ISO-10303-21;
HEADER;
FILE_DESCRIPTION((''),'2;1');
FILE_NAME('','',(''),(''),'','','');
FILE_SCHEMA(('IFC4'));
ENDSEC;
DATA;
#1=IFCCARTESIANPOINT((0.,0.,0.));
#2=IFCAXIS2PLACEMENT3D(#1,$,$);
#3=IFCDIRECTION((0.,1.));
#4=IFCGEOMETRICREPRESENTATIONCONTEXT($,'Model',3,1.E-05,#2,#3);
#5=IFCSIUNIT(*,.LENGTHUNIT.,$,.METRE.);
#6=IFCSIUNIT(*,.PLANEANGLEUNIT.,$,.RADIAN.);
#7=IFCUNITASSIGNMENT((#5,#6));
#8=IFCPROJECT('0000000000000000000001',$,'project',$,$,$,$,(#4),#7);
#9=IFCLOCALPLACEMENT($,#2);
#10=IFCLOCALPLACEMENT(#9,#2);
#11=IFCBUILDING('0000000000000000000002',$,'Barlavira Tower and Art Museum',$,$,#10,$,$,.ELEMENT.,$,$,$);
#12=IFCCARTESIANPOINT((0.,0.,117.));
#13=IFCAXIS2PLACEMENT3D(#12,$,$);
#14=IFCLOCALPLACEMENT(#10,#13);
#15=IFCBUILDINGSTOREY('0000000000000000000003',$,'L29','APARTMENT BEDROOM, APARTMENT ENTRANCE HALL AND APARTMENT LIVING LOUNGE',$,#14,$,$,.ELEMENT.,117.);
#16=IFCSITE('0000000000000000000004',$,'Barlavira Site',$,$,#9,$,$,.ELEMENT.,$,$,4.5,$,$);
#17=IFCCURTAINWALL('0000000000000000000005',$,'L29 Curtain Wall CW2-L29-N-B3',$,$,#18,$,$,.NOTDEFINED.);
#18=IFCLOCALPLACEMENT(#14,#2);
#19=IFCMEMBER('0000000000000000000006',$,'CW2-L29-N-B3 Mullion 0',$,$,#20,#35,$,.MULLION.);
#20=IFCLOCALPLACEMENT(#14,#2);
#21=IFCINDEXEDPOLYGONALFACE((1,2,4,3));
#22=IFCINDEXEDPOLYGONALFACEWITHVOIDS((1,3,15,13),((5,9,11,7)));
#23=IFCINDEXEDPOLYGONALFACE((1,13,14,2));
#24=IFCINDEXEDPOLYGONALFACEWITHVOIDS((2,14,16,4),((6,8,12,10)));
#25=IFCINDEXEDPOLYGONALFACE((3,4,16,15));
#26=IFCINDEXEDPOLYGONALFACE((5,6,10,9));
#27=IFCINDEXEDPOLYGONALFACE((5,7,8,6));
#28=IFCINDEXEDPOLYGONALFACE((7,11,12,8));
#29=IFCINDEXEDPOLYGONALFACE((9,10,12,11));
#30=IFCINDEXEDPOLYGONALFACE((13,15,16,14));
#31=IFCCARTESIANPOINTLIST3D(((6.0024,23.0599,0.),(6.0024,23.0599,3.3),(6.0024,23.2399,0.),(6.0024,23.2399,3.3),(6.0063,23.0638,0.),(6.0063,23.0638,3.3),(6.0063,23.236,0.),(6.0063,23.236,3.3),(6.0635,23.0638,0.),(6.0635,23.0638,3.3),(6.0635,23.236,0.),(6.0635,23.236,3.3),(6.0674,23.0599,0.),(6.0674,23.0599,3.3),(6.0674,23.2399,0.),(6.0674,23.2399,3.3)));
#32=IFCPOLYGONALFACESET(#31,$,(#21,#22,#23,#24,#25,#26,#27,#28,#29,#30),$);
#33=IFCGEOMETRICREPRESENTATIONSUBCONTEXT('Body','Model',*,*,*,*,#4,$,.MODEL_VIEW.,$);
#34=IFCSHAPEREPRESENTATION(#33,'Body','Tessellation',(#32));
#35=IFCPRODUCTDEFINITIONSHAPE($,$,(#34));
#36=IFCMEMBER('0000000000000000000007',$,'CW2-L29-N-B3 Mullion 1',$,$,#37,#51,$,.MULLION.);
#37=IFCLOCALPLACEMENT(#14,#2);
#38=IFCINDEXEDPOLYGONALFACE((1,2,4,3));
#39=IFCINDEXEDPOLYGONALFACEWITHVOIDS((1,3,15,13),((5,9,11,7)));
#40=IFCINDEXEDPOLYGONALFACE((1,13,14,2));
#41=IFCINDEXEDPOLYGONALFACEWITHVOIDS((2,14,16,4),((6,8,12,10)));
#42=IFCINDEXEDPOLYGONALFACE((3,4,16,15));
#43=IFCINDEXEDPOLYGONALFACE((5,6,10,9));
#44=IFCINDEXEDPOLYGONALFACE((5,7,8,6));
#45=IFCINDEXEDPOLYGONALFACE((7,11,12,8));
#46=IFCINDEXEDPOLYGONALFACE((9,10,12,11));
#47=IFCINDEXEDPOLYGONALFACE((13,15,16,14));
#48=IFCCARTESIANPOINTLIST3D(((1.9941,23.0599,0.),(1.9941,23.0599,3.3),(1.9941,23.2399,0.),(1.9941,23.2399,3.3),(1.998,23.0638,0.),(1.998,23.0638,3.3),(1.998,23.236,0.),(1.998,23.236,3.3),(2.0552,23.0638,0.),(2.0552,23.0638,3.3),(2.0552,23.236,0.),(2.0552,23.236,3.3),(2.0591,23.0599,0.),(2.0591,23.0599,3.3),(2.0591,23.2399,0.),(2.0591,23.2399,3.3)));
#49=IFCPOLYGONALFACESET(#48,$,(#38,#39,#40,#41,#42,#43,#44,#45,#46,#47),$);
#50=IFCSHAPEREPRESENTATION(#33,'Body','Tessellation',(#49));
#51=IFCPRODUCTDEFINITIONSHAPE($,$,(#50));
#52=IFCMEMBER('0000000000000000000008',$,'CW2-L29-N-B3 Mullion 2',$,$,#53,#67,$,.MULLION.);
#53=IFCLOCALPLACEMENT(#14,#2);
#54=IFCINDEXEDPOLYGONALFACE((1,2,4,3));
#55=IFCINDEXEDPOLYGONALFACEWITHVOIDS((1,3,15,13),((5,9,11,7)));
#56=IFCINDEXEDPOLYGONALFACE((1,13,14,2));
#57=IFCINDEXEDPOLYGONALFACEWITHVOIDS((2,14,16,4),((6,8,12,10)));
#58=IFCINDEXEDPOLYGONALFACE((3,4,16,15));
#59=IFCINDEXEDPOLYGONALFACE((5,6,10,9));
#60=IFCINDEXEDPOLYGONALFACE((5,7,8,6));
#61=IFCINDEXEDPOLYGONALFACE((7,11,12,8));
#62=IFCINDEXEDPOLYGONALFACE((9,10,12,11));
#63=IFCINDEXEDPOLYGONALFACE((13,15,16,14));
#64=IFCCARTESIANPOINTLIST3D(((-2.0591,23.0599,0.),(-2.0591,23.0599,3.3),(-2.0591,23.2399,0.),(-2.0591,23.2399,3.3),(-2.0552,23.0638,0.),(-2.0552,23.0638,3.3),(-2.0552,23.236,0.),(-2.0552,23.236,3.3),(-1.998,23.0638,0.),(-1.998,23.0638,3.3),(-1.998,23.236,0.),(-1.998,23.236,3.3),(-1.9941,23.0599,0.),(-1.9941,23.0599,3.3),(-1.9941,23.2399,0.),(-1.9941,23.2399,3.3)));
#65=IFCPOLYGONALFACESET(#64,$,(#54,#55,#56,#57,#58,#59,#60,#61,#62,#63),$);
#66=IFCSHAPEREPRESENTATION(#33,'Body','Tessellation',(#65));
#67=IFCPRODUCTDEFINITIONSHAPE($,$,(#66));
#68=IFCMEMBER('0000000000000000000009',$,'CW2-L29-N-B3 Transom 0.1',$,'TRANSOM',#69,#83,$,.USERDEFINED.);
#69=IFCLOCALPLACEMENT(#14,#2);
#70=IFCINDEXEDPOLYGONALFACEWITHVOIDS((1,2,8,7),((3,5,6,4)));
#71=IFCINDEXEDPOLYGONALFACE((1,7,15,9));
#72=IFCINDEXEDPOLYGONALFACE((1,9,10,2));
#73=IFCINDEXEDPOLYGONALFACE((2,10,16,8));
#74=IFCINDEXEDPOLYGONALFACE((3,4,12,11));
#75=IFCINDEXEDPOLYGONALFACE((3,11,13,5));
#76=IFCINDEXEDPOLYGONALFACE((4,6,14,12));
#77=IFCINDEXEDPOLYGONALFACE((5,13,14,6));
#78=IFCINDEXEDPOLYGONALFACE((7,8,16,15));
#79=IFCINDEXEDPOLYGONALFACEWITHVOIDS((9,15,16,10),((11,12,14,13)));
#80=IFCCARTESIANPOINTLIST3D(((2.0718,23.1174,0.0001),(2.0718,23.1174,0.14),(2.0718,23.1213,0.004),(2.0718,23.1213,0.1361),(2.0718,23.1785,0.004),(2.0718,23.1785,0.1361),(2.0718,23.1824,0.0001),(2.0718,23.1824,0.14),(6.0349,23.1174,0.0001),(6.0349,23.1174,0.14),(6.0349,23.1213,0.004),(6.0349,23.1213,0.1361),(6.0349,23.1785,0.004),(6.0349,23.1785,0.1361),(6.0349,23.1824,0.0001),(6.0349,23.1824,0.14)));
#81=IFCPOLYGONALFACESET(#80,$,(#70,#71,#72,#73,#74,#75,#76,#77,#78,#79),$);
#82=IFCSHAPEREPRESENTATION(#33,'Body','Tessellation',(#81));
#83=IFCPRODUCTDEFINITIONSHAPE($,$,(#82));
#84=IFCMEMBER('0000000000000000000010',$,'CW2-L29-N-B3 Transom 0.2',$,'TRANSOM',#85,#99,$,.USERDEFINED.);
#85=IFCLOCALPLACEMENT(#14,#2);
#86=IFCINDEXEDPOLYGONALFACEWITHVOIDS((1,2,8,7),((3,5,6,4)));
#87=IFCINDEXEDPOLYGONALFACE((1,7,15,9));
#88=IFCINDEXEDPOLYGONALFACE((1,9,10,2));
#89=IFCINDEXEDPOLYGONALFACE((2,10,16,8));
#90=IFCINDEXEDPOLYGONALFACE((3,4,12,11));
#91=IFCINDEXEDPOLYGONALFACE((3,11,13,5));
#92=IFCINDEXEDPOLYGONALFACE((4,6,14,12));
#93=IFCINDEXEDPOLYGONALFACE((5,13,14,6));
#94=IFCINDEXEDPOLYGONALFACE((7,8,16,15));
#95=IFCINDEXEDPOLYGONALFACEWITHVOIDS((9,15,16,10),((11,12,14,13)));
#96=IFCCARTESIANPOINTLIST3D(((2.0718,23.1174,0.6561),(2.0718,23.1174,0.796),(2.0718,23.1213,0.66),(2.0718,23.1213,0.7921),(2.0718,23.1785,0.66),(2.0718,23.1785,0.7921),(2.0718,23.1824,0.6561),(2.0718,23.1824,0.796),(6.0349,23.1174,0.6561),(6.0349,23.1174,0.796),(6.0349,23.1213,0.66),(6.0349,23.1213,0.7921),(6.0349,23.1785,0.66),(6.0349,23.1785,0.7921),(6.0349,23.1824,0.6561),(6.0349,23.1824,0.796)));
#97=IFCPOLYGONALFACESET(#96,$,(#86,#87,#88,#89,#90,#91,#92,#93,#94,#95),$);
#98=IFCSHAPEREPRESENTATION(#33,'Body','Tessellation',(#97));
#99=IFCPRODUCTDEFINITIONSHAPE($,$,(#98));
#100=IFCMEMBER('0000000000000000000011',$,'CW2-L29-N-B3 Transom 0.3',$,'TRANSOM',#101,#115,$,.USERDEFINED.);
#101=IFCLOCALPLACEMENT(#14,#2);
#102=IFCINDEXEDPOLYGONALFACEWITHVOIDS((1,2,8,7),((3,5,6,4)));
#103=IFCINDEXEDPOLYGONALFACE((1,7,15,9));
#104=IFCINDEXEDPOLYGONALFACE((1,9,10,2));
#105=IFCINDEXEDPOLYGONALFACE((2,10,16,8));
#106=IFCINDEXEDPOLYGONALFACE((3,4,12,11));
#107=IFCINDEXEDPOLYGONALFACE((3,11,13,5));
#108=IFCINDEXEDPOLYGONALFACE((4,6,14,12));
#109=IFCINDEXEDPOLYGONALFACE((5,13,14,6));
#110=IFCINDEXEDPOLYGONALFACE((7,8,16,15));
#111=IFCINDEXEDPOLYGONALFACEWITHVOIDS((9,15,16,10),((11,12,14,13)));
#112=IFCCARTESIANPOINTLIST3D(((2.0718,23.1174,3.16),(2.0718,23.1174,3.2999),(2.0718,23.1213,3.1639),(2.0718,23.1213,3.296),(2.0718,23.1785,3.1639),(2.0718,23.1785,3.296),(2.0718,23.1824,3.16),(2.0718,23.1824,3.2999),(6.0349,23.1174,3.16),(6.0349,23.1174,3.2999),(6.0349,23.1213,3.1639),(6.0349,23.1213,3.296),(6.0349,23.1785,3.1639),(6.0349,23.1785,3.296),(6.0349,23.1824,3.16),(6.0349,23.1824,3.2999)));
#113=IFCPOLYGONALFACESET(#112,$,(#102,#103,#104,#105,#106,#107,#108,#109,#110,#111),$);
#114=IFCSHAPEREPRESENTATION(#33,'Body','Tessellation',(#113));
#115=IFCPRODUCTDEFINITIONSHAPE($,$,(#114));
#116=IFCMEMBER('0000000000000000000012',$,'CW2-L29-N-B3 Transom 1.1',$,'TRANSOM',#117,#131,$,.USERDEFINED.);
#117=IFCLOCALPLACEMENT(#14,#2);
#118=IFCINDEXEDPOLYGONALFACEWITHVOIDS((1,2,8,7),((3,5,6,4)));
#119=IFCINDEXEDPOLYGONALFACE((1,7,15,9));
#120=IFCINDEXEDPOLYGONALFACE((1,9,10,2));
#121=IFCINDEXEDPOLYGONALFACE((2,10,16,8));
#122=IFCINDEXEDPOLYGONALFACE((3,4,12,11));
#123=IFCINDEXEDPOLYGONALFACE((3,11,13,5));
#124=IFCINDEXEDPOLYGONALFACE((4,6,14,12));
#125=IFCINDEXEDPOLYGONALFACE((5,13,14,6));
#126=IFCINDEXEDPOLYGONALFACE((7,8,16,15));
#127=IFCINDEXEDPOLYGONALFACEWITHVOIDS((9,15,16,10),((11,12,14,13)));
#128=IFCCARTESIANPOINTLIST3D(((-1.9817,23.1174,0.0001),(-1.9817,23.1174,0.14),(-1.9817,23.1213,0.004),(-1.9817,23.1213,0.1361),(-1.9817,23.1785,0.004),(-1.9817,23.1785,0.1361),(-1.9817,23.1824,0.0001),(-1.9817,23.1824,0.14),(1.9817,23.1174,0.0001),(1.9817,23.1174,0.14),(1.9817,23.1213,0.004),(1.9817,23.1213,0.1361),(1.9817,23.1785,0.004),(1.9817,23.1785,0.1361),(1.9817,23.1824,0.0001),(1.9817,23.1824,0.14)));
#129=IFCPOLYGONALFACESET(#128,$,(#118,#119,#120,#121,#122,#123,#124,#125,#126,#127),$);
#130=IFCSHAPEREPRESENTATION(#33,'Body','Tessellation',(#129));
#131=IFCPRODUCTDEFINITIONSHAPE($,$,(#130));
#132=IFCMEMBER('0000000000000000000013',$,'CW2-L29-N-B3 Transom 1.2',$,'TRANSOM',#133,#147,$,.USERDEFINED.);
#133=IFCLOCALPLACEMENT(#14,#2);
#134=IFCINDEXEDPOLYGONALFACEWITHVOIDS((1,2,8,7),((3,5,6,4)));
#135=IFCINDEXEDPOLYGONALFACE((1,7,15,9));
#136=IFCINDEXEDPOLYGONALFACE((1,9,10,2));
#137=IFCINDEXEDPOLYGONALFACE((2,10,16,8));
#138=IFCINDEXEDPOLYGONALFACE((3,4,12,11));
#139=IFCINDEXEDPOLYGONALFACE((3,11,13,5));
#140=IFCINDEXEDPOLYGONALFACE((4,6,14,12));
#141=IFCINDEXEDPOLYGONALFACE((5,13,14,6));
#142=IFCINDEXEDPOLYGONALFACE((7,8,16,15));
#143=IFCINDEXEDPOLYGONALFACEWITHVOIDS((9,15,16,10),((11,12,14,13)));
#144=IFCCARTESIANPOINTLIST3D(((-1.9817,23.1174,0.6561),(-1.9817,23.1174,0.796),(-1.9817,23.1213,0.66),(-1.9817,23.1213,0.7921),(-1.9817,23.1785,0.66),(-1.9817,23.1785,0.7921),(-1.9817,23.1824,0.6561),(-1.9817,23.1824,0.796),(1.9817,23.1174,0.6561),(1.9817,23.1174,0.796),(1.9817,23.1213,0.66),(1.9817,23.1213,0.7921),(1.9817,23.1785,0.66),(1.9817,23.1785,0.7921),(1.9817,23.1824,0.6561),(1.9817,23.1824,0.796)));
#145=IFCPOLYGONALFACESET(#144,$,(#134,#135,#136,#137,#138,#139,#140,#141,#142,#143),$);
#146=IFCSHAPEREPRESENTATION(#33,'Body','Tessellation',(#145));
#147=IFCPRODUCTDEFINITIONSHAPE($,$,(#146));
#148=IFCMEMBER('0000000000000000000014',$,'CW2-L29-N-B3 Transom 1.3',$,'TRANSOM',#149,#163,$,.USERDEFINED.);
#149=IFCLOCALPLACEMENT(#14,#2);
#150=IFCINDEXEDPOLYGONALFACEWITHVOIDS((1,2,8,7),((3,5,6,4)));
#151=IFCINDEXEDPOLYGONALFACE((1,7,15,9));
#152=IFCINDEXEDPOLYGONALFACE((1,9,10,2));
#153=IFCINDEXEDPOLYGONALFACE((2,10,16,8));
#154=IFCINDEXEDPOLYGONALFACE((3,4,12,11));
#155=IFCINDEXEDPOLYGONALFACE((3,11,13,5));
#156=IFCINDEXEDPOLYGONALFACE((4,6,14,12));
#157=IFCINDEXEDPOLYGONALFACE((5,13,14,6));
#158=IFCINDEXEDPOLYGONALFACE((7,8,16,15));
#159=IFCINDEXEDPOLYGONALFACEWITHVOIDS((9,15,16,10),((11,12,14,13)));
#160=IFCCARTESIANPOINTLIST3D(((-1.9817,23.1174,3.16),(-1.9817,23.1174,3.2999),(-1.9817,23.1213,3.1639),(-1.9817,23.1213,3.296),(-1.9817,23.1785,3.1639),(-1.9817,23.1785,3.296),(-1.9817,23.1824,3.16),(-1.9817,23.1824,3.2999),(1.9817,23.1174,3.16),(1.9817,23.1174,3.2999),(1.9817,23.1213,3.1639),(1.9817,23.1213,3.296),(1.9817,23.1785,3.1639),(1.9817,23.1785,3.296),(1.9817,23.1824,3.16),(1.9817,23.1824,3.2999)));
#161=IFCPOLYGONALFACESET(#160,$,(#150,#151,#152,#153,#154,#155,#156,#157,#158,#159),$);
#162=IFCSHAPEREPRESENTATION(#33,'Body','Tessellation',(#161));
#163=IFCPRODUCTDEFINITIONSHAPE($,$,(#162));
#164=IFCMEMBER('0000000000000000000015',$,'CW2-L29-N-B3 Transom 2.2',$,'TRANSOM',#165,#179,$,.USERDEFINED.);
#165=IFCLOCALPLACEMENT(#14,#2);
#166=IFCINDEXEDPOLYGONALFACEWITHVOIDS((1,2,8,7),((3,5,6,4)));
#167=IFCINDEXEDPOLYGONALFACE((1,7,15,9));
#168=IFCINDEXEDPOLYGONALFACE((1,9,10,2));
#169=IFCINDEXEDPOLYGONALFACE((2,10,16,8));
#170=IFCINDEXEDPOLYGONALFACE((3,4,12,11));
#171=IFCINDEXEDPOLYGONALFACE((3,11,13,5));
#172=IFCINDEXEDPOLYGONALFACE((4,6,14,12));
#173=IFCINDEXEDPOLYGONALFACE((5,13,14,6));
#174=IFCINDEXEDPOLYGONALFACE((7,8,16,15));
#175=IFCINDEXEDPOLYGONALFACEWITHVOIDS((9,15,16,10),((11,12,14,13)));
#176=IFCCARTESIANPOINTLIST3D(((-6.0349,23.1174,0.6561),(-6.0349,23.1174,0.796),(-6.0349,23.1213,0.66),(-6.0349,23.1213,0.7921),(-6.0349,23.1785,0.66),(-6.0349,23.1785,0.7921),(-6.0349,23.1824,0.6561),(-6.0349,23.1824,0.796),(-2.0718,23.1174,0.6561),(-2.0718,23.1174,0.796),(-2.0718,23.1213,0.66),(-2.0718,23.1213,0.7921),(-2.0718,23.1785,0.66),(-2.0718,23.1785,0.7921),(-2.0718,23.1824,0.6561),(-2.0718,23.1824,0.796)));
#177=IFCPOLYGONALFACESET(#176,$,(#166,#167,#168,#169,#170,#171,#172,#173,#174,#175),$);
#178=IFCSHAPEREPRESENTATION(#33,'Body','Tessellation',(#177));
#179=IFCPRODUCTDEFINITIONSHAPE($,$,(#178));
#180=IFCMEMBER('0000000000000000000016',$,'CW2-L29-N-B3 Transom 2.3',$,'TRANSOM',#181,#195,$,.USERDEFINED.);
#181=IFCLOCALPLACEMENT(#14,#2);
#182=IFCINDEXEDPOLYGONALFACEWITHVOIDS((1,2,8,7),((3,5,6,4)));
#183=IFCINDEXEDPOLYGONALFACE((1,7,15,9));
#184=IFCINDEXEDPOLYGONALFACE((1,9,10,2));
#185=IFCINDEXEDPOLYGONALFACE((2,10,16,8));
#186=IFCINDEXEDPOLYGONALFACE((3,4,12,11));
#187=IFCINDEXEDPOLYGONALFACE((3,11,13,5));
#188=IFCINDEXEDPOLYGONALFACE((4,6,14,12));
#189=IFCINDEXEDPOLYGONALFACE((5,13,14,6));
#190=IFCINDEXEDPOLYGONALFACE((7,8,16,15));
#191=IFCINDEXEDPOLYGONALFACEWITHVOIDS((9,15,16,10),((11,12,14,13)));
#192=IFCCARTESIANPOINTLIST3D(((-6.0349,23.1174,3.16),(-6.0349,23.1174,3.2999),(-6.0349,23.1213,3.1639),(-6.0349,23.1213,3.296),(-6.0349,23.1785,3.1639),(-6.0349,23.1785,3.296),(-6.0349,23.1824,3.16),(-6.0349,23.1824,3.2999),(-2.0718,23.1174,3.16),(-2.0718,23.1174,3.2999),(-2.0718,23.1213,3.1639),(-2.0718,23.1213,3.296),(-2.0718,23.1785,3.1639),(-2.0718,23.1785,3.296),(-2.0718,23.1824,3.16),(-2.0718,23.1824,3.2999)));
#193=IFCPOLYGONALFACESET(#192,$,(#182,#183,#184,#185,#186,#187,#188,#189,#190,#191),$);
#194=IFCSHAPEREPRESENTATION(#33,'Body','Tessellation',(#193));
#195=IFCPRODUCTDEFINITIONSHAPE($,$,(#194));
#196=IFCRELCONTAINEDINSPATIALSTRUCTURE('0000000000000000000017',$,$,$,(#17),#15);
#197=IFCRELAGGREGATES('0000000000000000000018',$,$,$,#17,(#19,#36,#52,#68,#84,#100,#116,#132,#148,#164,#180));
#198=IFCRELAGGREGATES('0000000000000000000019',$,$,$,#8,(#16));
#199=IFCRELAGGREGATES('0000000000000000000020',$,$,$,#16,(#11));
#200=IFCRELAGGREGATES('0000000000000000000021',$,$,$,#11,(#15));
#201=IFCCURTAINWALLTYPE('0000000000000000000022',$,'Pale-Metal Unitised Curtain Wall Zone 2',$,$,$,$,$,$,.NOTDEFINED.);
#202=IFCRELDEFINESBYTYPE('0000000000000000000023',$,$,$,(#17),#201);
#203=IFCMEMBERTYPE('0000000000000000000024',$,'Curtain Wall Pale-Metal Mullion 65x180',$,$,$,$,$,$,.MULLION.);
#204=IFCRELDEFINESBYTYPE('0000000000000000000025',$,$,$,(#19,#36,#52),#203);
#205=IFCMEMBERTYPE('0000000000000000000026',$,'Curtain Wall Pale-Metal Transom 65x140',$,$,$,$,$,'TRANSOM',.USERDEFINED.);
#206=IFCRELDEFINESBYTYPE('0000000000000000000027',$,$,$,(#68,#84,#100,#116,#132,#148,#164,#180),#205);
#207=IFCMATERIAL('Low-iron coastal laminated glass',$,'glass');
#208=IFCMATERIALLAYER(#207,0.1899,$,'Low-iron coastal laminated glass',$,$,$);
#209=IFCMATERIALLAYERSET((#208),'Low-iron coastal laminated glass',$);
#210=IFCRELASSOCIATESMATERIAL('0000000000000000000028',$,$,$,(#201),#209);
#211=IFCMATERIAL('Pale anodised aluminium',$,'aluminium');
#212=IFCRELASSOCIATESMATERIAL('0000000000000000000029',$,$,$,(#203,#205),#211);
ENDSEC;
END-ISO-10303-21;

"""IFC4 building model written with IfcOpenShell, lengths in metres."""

from ifc_helpers import new_model, si_unit, direction, frame, origin, origin_2d, place, context, subcontext, project, spatial, hollow_rectangle, extrude, material, layer, layer_set, material_profile, profile_set, type_object, element, aggregate, save


model = new_model("IFC4")

# Units and contexts
model_context = context("Model", 3, precision=1e-05, world=origin(), true_north=direction((0.0, 1.0)))
body_context = subcontext(model_context, "Body", "Model", "MODEL_VIEW")
ifc_project = project(units=[si_unit("LENGTHUNIT", "METRE"), si_unit("PLANEANGLEUNIT", "RADIAN")], contexts=[model_context])

# Site, building, storey
site_placement = place(None, origin())
site = spatial("IfcSite", under=ifc_project, at=site_placement, Name="Barlavira Site", CompositionType="ELEMENT", RefElevation=4.5)
building_placement = place(site_placement, origin())
building = spatial("IfcBuilding", under=site, at=building_placement, Name="Barlavira Tower and Art Museum", CompositionType="ELEMENT")
storey_placement = place(building_placement, frame((0.0, 0.0, 117.0)))
storey = spatial("IfcBuildingStorey", under=building, at=storey_placement, Name="L29", Description="APARTMENT BEDROOM, APARTMENT ENTRANCE HALL AND APARTMENT LIVING LOUNGE", CompositionType="ELEMENT", Elevation=117.0)

# Curtain wall, members
ifc_material_1 = material(Name="Low-iron coastal laminated glass", Category="glass")
ifc_layer_1 = layer(ifc_material_1, 0.1899, Name="Low-iron coastal laminated glass")
ifc_layer_set_1 = layer_set([ifc_layer_1], Name="Low-iron coastal laminated glass")
curtain_wall_type = type_object("IfcCurtainWallType", Name="Pale-Metal Unitised Curtain Wall Zone 2", PredefinedType="NOTDEFINED", material=ifc_layer_set_1)
curtain_wall_placement = place(storey_placement, origin())
curtain_wall = element("IfcCurtainWall", 1, at=curtain_wall_placement, inside=storey, type_object=curtain_wall_type, Name="L29 Curtain Wall CW2-L29-N-B3", PredefinedType="NOTDEFINED")
ifc_material_2 = material(Name="Pale anodised aluminium", Category="aluminium")
ifc_material_profile_1 = material_profile(ifc_material_2, hollow_rectangle(XDim=0.0649, YDim=0.1799, WallThickness=0.0039, at=origin_2d()), Name="ALU-MULL 65x180x4")
ifc_profile_set_1 = profile_set([ifc_material_profile_1], Name="Pale anodised aluminium")
member_type_1 = type_object("IfcMemberType", Name="Curtain Wall Pale-Metal Mullion 65x180", PredefinedType="MULLION", material=ifc_profile_set_1)
member_1_placement = place(storey_placement, frame((6.0349, 23.1499, 0.0), z_axis=(0.0, 0.0, 1.0), x_axis=(-1.0, 0.0, 0.0)))
member_1 = element("IfcMember", 2, at=member_1_placement, type_object=member_type_1, Name="CW2-L29-N-B3 Mullion 0", PredefinedType="MULLION", context=body_context, shape_type="SweptSolid", body=[
    extrude(hollow_rectangle(XDim=0.0649, YDim=0.1799, WallThickness=0.0039, at=origin_2d()), origin(), (0.0, 0.0, 1.0), 3.3),
])
member_2_placement = place(storey_placement, frame((2.0266, 23.1499, 0.0), z_axis=(0.0, 0.0, 1.0), x_axis=(-1.0, 0.0, 0.0)))
member_2 = element("IfcMember", 3, at=member_2_placement, type_object=member_type_1, Name="CW2-L29-N-B3 Mullion 1", PredefinedType="MULLION", context=body_context, shape_type="SweptSolid", body=[
    extrude(hollow_rectangle(XDim=0.0649, YDim=0.1799, WallThickness=0.0039, at=origin_2d()), origin(), (0.0, 0.0, 1.0), 3.3),
])
member_3_placement = place(storey_placement, frame((-2.0266, 23.1499, 0.0), z_axis=(0.0, 0.0, 1.0), x_axis=(-1.0, 0.0, 0.0)))
member_3 = element("IfcMember", 4, at=member_3_placement, type_object=member_type_1, Name="CW2-L29-N-B3 Mullion 2", PredefinedType="MULLION", context=body_context, shape_type="SweptSolid", body=[
    extrude(hollow_rectangle(XDim=0.0649, YDim=0.1799, WallThickness=0.0039, at=origin_2d()), origin(), (0.0, 0.0, 1.0), 3.3),
])
ifc_material_profile_2 = material_profile(ifc_material_2, hollow_rectangle(XDim=0.0649, YDim=0.1399, WallThickness=0.0039, at=origin_2d()), Name="ALU-TRAN 65x140x4")
ifc_profile_set_2 = profile_set([ifc_material_profile_2], Name="Pale anodised aluminium")
member_type_2 = type_object("IfcMemberType", Name="Curtain Wall Pale-Metal Transom 65x140", ElementType="TRANSOM", PredefinedType="USERDEFINED", material=ifc_profile_set_2)
member_4_placement = place(storey_placement, frame((6.0349, 23.1499, 0.0701), z_axis=(-1.0, 0.0, 0.0), x_axis=(0.0, -1.0, 0.0)))
member_4 = element("IfcMember", 5, at=member_4_placement, type_object=member_type_2, Name="CW2-L29-N-B3 Transom 0.1", ObjectType="TRANSOM", PredefinedType="USERDEFINED", context=body_context, shape_type="SweptSolid", body=[
    extrude(hollow_rectangle(XDim=0.0649, YDim=0.1399, WallThickness=0.0039, at=origin_2d()), origin(), (0.0, 0.0, 1.0), 3.9631),
])
member_5_placement = place(storey_placement, frame((6.0349, 23.1499, 0.7261), z_axis=(-1.0, 0.0, 0.0), x_axis=(0.0, -1.0, 0.0)))
member_5 = element("IfcMember", 6, at=member_5_placement, type_object=member_type_2, Name="CW2-L29-N-B3 Transom 0.2", ObjectType="TRANSOM", PredefinedType="USERDEFINED", context=body_context, shape_type="SweptSolid", body=[
    extrude(hollow_rectangle(XDim=0.0649, YDim=0.1399, WallThickness=0.0039, at=origin_2d()), origin(), (0.0, 0.0, 1.0), 3.9631),
])
member_6_placement = place(storey_placement, frame((6.0349, 23.1499, 3.23), z_axis=(-1.0, 0.0, 0.0), x_axis=(0.0, -1.0, 0.0)))
member_6 = element("IfcMember", 7, at=member_6_placement, type_object=member_type_2, Name="CW2-L29-N-B3 Transom 0.3", ObjectType="TRANSOM", PredefinedType="USERDEFINED", context=body_context, shape_type="SweptSolid", body=[
    extrude(hollow_rectangle(XDim=0.0649, YDim=0.1399, WallThickness=0.0039, at=origin_2d()), origin(), (0.0, 0.0, 1.0), 3.9631),
])
member_7_placement = place(storey_placement, frame((1.9817, 23.1499, 0.0701), z_axis=(-1.0, 0.0, 0.0), x_axis=(0.0, -1.0, 0.0)))
member_7 = element("IfcMember", 8, at=member_7_placement, type_object=member_type_2, Name="CW2-L29-N-B3 Transom 1.1", ObjectType="TRANSOM", PredefinedType="USERDEFINED", context=body_context, shape_type="SweptSolid", body=[
    extrude(hollow_rectangle(XDim=0.0649, YDim=0.1399, WallThickness=0.0039, at=origin_2d()), origin(), (0.0, 0.0, 1.0), 3.9634),
])
member_8_placement = place(storey_placement, frame((1.9817, 23.1499, 0.7261), z_axis=(-1.0, 0.0, 0.0), x_axis=(0.0, -1.0, 0.0)))
member_8 = element("IfcMember", 9, at=member_8_placement, type_object=member_type_2, Name="CW2-L29-N-B3 Transom 1.2", ObjectType="TRANSOM", PredefinedType="USERDEFINED", context=body_context, shape_type="SweptSolid", body=[
    extrude(hollow_rectangle(XDim=0.0649, YDim=0.1399, WallThickness=0.0039, at=origin_2d()), origin(), (0.0, 0.0, 1.0), 3.9634),
])
member_9_placement = place(storey_placement, frame((1.9817, 23.1499, 3.23), z_axis=(-1.0, 0.0, 0.0), x_axis=(0.0, -1.0, 0.0)))
member_9 = element("IfcMember", 10, at=member_9_placement, type_object=member_type_2, Name="CW2-L29-N-B3 Transom 1.3", ObjectType="TRANSOM", PredefinedType="USERDEFINED", context=body_context, shape_type="SweptSolid", body=[
    extrude(hollow_rectangle(XDim=0.0649, YDim=0.1399, WallThickness=0.0039, at=origin_2d()), origin(), (0.0, 0.0, 1.0), 3.9634),
])
member_10_placement = place(storey_placement, frame((-2.0718, 23.1499, 0.7261), z_axis=(-1.0, 0.0, 0.0), x_axis=(0.0, -1.0, 0.0)))
member_10 = element("IfcMember", 11, at=member_10_placement, type_object=member_type_2, Name="CW2-L29-N-B3 Transom 2.2", ObjectType="TRANSOM", PredefinedType="USERDEFINED", context=body_context, shape_type="SweptSolid", body=[
    extrude(hollow_rectangle(XDim=0.0649, YDim=0.1399, WallThickness=0.0039, at=origin_2d()), origin(), (0.0, 0.0, 1.0), 3.9631),
])
member_11_placement = place(storey_placement, frame((-2.0718, 23.1499, 3.23), z_axis=(-1.0, 0.0, 0.0), x_axis=(0.0, -1.0, 0.0)))
member_11 = element("IfcMember", 12, at=member_11_placement, type_object=member_type_2, Name="CW2-L29-N-B3 Transom 2.3", ObjectType="TRANSOM", PredefinedType="USERDEFINED", context=body_context, shape_type="SweptSolid", body=[
    extrude(hollow_rectangle(XDim=0.0649, YDim=0.1399, WallThickness=0.0039, at=origin_2d()), origin(), (0.0, 0.0, 1.0), 3.9631),
])

aggregate(curtain_wall, [member_1, member_2, member_3, member_4, member_5, member_6, member_7, member_8, member_9, member_10, member_11])

save(model, "model.ifc")
